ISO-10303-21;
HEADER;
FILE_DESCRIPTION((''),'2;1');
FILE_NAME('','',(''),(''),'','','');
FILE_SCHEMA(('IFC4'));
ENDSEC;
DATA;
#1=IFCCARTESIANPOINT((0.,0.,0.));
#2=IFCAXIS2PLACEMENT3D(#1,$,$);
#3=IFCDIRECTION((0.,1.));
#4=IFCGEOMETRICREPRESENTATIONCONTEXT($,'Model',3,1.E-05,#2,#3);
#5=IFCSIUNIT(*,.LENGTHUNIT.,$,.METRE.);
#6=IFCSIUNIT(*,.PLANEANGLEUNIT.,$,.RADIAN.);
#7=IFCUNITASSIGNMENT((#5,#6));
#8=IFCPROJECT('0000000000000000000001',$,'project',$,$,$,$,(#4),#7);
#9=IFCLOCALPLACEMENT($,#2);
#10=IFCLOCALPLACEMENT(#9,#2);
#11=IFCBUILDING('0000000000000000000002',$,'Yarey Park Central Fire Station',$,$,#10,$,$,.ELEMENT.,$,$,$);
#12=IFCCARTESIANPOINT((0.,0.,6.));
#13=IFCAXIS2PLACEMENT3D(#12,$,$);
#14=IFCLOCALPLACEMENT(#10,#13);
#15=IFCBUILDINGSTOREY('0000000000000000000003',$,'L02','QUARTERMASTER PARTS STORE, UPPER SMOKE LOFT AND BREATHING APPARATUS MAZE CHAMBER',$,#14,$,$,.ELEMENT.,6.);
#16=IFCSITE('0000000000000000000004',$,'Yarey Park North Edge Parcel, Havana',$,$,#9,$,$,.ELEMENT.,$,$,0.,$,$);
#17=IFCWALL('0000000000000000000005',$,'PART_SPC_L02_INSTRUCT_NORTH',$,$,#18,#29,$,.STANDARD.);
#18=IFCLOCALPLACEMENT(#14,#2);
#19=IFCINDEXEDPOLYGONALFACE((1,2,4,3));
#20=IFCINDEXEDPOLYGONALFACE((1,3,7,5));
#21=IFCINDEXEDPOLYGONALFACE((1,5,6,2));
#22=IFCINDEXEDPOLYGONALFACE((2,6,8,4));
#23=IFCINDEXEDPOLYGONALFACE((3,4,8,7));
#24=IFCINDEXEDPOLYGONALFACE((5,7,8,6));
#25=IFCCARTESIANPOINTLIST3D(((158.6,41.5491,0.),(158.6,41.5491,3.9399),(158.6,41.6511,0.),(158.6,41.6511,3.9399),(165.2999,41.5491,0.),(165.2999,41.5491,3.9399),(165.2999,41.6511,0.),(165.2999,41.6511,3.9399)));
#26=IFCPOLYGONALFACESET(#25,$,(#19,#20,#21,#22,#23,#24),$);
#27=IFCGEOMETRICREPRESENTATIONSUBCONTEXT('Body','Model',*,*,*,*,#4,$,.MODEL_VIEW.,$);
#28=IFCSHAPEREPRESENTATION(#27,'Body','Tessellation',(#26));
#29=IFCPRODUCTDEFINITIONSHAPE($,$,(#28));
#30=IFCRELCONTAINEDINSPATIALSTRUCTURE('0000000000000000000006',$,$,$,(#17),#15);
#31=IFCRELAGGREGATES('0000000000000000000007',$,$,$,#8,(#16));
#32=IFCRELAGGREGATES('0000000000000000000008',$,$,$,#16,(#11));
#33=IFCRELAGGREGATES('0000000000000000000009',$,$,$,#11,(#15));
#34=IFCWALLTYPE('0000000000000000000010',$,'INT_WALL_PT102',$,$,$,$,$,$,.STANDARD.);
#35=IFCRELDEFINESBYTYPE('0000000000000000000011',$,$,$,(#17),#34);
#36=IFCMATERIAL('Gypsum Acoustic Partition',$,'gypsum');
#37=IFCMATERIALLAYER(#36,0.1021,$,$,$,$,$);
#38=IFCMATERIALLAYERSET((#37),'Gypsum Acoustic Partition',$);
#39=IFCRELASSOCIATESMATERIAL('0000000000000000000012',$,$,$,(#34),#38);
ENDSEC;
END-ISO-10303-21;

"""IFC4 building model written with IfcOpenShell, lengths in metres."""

from ifc_helpers import new_model, si_unit, direction, frame, frame_2d, origin, place, context, subcontext, project, spatial, rectangle, extrude, material, layer, layer_set, type_object, element, save


model = new_model("IFC4")

# Units and contexts
model_context = context("Model", 3, precision=1e-05, world=origin(), true_north=direction((0.0, 1.0)))
body_context = subcontext(model_context, "Body", "Model", "MODEL_VIEW")
ifc_project = project(units=[si_unit("LENGTHUNIT", "METRE"), si_unit("PLANEANGLEUNIT", "RADIAN")], contexts=[model_context])

# Site, building, storey
site_placement = place(None, origin())
site = spatial("IfcSite", under=ifc_project, at=site_placement, Name="Yarey Park North Edge Parcel, Havana", CompositionType="ELEMENT", RefElevation=0.0)
building_placement = place(site_placement, origin())
building = spatial("IfcBuilding", under=site, at=building_placement, Name="Yarey Park Central Fire Station", CompositionType="ELEMENT")
storey_placement = place(building_placement, frame((0.0, 0.0, 6.0)))
storey = spatial("IfcBuildingStorey", under=building, at=storey_placement, Name="L02", Description="QUARTERMASTER PARTS STORE, UPPER SMOKE LOFT AND BREATHING APPARATUS MAZE CHAMBER", CompositionType="ELEMENT", Elevation=6.0)

# Shared definitions
ifc_material_1 = material(Name="Gypsum Acoustic Partition", Category="gypsum")

# Wall
ifc_layer_1 = layer(ifc_material_1, 0.1021)
ifc_layer_set_1 = layer_set([ifc_layer_1], Name="Gypsum Acoustic Partition")
wall_type_1 = type_object("IfcWallType", Name="INT_WALL_PT102", PredefinedType="STANDARD", material=ifc_layer_set_1)
wall_1_placement = place(storey_placement, frame((165.3, 41.6001, 0.0), z_axis=(0.0, 0.0, 1.0), x_axis=(-1.0, 0.0, 0.0)))
element("IfcWall", 1, at=wall_1_placement, inside=storey, type_object=wall_type_1, Name="PART_SPC_L02_INSTRUCT_NORTH", PredefinedType="STANDARD", context=body_context, shape_type="SweptSolid", body=[
    extrude(rectangle(XDim=6.7, YDim=0.1021, at=frame_2d((3.3501, 0.0))), origin(), (0.0, 0.0, 1.0), 3.9399),
])

save(model, "model.ifc")
